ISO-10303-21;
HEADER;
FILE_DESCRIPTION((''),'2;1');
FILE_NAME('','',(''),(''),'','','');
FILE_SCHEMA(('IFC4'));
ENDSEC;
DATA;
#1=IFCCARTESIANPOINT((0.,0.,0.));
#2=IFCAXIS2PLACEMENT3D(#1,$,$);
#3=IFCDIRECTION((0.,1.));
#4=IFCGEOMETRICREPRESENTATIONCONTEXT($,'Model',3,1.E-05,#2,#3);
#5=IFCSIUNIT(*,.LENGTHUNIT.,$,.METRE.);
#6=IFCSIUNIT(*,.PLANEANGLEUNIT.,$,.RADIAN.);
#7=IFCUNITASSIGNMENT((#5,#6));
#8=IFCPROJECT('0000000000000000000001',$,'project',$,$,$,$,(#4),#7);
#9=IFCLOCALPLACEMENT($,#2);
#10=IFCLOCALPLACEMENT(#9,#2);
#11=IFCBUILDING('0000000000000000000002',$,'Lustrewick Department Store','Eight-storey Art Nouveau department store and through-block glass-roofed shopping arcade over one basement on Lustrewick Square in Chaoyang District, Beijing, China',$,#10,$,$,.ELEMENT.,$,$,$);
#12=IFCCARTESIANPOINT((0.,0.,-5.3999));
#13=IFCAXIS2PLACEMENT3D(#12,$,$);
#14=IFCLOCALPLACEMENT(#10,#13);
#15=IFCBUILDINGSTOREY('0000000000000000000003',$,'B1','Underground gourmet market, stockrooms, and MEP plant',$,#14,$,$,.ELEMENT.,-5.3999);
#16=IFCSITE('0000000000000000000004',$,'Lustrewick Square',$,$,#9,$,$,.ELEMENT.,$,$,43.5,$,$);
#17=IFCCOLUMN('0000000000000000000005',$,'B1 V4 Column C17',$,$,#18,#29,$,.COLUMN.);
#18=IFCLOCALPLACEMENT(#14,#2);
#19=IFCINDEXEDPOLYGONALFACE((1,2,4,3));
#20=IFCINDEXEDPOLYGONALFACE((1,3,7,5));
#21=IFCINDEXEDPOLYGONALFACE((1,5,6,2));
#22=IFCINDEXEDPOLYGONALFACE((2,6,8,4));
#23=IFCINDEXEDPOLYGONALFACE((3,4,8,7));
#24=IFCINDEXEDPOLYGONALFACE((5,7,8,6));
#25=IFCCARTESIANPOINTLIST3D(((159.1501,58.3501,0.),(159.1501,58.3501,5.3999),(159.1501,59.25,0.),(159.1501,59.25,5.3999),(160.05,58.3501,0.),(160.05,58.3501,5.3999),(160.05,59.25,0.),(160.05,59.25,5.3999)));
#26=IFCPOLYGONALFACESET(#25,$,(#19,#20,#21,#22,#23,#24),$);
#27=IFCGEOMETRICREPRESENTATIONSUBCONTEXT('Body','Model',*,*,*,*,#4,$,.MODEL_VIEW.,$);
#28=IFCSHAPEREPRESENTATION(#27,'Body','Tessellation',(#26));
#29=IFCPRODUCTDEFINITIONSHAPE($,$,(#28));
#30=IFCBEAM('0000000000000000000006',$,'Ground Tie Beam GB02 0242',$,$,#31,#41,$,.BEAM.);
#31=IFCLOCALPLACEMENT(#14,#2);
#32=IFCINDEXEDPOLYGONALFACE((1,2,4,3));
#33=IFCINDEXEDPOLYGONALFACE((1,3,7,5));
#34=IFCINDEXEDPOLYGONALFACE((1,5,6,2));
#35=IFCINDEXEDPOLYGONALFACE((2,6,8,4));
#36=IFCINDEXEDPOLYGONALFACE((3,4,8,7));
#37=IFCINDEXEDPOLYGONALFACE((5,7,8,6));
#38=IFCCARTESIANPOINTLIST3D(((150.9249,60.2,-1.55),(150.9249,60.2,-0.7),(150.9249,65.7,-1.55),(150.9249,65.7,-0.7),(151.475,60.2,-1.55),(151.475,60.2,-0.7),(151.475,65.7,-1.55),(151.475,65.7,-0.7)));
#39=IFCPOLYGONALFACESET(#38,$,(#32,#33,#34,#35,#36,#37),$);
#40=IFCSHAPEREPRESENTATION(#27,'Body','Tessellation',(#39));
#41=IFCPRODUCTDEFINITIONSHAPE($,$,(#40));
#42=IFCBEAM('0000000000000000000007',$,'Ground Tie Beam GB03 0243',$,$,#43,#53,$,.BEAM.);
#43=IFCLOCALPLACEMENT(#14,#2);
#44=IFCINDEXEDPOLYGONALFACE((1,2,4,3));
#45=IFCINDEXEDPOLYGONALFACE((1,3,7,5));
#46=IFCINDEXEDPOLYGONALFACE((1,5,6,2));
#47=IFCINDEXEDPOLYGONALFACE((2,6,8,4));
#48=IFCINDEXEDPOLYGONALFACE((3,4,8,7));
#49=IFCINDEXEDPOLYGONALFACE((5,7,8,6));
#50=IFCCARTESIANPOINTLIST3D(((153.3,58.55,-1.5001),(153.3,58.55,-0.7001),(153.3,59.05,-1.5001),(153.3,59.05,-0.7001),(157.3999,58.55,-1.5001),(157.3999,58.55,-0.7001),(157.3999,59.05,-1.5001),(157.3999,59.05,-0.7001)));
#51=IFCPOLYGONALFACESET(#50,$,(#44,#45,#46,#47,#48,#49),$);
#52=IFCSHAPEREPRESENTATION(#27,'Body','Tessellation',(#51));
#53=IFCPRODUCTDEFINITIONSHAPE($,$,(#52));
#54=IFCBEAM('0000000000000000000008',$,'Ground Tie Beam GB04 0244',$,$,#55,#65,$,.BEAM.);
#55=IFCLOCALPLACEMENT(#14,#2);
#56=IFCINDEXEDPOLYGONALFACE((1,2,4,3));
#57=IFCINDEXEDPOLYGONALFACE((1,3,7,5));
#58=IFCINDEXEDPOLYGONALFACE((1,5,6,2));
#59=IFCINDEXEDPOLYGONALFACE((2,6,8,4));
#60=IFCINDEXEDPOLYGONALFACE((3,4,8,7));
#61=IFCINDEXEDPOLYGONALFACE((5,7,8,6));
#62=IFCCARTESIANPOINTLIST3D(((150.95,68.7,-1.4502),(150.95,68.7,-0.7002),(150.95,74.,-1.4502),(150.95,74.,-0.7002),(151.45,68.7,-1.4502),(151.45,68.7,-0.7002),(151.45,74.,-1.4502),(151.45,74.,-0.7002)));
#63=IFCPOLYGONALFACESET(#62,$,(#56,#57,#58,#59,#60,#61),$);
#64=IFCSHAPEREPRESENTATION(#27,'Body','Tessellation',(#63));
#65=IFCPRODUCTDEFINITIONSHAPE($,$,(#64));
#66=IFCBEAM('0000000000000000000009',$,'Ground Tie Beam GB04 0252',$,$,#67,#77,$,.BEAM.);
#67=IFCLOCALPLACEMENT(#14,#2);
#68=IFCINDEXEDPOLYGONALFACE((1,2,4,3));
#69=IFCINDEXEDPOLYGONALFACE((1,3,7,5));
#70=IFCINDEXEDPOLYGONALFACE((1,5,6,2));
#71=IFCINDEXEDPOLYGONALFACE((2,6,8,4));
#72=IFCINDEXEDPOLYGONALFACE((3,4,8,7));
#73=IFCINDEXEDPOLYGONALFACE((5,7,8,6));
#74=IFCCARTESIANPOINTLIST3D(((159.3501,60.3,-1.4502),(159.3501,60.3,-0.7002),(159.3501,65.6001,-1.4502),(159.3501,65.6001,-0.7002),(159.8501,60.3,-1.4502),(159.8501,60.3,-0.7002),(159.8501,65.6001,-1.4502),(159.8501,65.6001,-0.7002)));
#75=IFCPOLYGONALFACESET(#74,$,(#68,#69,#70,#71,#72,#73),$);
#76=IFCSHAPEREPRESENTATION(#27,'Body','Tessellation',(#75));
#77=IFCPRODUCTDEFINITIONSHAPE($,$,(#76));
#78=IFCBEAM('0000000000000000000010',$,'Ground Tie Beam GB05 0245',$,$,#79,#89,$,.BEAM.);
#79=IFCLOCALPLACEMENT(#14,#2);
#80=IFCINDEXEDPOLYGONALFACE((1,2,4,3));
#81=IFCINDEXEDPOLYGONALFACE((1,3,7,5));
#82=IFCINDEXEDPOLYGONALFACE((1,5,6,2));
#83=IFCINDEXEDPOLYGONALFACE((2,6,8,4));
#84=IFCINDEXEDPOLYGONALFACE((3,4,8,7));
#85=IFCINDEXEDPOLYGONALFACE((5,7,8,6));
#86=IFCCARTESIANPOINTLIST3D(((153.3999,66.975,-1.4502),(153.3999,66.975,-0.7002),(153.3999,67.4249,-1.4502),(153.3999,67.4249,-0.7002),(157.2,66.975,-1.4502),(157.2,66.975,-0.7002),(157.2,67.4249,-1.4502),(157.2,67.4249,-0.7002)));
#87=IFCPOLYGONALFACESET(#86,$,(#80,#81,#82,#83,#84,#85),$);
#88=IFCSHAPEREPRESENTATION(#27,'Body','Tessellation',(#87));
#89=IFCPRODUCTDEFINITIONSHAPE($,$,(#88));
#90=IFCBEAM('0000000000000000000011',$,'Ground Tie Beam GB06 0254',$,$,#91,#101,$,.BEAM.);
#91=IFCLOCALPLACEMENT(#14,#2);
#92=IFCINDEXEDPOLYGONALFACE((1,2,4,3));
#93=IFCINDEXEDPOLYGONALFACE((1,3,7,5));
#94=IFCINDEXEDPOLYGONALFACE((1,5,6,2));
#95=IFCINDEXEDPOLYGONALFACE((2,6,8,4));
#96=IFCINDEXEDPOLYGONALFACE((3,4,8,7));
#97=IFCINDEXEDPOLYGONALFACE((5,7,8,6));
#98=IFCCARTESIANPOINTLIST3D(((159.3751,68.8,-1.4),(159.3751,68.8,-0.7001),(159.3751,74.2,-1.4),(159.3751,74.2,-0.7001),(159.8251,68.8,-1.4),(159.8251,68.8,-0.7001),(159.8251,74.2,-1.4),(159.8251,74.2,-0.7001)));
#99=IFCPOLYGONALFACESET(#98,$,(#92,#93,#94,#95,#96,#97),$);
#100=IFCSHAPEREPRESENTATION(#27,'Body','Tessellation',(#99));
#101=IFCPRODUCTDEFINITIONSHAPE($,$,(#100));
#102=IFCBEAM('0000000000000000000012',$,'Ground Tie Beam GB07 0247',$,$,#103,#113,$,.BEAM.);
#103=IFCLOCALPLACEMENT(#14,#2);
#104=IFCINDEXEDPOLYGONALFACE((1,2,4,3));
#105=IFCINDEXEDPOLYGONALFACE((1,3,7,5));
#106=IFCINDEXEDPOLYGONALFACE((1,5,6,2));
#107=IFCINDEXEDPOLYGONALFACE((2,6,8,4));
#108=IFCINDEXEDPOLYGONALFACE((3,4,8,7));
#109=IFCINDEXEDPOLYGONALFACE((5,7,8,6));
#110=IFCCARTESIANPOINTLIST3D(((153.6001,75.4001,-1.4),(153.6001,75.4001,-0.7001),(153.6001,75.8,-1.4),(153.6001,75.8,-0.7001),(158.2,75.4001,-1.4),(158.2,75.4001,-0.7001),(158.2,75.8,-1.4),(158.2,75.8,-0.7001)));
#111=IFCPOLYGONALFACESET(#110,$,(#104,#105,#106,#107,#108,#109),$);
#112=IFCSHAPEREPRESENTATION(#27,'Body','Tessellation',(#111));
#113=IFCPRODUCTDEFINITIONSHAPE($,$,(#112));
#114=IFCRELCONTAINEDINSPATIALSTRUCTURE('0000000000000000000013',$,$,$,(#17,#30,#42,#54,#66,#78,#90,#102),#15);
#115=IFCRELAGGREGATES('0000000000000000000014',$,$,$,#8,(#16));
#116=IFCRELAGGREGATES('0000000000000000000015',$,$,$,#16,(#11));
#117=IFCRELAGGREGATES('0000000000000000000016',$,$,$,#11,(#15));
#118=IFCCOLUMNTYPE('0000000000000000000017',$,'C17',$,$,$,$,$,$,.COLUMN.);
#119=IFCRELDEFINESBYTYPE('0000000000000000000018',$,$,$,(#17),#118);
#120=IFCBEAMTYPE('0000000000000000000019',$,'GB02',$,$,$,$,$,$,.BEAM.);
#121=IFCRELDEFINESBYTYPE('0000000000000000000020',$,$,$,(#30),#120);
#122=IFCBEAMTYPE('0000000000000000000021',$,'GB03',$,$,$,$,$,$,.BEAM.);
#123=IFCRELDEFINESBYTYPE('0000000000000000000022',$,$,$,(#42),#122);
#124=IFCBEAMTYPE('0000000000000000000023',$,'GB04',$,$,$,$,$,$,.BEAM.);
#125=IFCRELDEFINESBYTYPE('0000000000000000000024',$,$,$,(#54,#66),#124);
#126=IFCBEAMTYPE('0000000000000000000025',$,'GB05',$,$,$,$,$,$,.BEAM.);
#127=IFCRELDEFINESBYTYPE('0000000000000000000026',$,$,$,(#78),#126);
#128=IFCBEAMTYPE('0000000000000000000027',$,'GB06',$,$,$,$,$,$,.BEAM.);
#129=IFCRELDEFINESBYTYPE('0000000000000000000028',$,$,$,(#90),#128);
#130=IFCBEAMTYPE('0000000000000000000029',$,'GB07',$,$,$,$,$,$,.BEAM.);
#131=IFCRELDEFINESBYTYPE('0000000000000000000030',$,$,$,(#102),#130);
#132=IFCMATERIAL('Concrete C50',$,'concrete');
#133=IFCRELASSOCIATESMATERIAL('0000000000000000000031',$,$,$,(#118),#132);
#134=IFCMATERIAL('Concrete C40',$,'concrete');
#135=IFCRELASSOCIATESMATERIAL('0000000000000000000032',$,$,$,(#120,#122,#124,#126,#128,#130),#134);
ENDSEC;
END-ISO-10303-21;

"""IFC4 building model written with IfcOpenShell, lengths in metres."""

from ifc_helpers import new_model, si_unit, direction, frame, origin, origin_2d, place, context, subcontext, project, spatial, rectangle, extrude, material, material_profile, profile_set, type_object, element, save


model = new_model("IFC4")

# Units and contexts
model_context = context("Model", 3, precision=1e-05, world=origin(), true_north=direction((0.0, 1.0)))
body_context = subcontext(model_context, "Body", "Model", "MODEL_VIEW")
ifc_project = project(units=[si_unit("LENGTHUNIT", "METRE"), si_unit("PLANEANGLEUNIT", "RADIAN")], contexts=[model_context])

# Site, building, storey
site_placement = place(None, origin())
site = spatial("IfcSite", under=ifc_project, at=site_placement, Name="Lustrewick Square", CompositionType="ELEMENT", RefElevation=43.5)
building_placement = place(site_placement, origin())
building = spatial("IfcBuilding", under=site, at=building_placement, Name="Lustrewick Department Store", Description="Eight-storey Art Nouveau department store and through-block glass-roofed shopping arcade over one basement on Lustrewick Square in Chaoyang District, Beijing, China", CompositionType="ELEMENT")
storey_placement = place(building_placement, frame((0.0, 0.0, -5.3999)))
storey = spatial("IfcBuildingStorey", under=building, at=storey_placement, Name="B1", Description="Underground gourmet market, stockrooms, and MEP plant", CompositionType="ELEMENT", Elevation=-5.3999)

# Shared definitions
ifc_material_1 = material(Name="Concrete C40", Category="concrete")

# Column
ifc_material_2 = material(Name="Concrete C50", Category="concrete")
ifc_material_profile_1 = material_profile(ifc_material_2, rectangle(XDim=0.8999, YDim=0.8999, at=origin_2d()), Name="RC 900x900")
ifc_profile_set_1 = profile_set([ifc_material_profile_1], Name="Concrete C50")
column_type_1 = type_object("IfcColumnType", Name="C17", PredefinedType="COLUMN", material=ifc_profile_set_1)
for number, where, z_axis, x_axis, name in (
    (1, (159.6001, 58.8, 0.0), (0.0, 0.0, 1.0), (1.0, 0.0, 0.0), "B1 V4 Column C17"),
):
    element("IfcColumn", number, at=place(storey_placement, frame(where, z_axis=z_axis, x_axis=x_axis)), inside=storey, type_object=column_type_1, Name=name, PredefinedType="COLUMN", context=body_context, shape_type="SweptSolid", body=[
        extrude(rectangle(XDim=0.8999, YDim=0.8999, at=origin_2d()), origin(), (0.0, 0.0, 1.0), 5.3999),
    ])

# Beams
ifc_material_profile_2 = material_profile(ifc_material_1, rectangle(XDim=0.55, YDim=0.8501, at=origin_2d()), Name="RC 550x850")
ifc_profile_set_2 = profile_set([ifc_material_profile_2], Name="Concrete C40")
beam_type_1 = type_object("IfcBeamType", Name="GB02", PredefinedType="BEAM", material=ifc_profile_set_2)
beam_1_placement = place(storey_placement, frame((151.2, 60.2, -1.125), z_axis=(0.0, 1.0, 0.0), x_axis=(-1.0, 0.0, 0.0)))
element("IfcBeam", 2, at=beam_1_placement, inside=storey, type_object=beam_type_1, Name="Ground Tie Beam GB02 0242", PredefinedType="BEAM", context=body_context, shape_type="SweptSolid", body=[
    extrude(rectangle(XDim=0.55, YDim=0.8501, at=origin_2d()), origin(), (0.0, 0.0, 1.0), 5.5),
])
ifc_material_profile_3 = material_profile(ifc_material_1, rectangle(XDim=0.5, YDim=0.8, at=origin_2d()), Name="RC 500x800")
ifc_profile_set_3 = profile_set([ifc_material_profile_3], Name="Concrete C40")
beam_type_2 = type_object("IfcBeamType", Name="GB03", PredefinedType="BEAM", material=ifc_profile_set_3)
beam_2_placement = place(storey_placement, frame((153.3, 58.8, -1.1001), z_axis=(1.0, 0.0, 0.0), x_axis=(0.0, 1.0, 0.0)))
element("IfcBeam", 3, at=beam_2_placement, inside=storey, type_object=beam_type_2, Name="Ground Tie Beam GB03 0243", PredefinedType="BEAM", context=body_context, shape_type="SweptSolid", body=[
    extrude(rectangle(XDim=0.5, YDim=0.8, at=origin_2d()), origin(), (0.0, 0.0, 1.0), 4.0999),
])
ifc_material_profile_4 = material_profile(ifc_material_1, rectangle(XDim=0.5, YDim=0.75, at=origin_2d()), Name="RC 500x750")
ifc_profile_set_4 = profile_set([ifc_material_profile_4], Name="Concrete C40")
beam_type_3 = type_object("IfcBeamType", Name="GB04", PredefinedType="BEAM", material=ifc_profile_set_4)
for number, where, z_axis, x_axis, name in (
    (4, (151.2, 68.7, -1.0752), (0.0, 1.0, 0.0), (-1.0, 0.0, 0.0), "Ground Tie Beam GB04 0244"),
    (5, (159.6001, 60.3, -1.0752), (0.0, 1.0, 0.0), (-1.0, 0.0, 0.0), "Ground Tie Beam GB04 0252"),
):
    element("IfcBeam", number, at=place(storey_placement, frame(where, z_axis=z_axis, x_axis=x_axis)), inside=storey, type_object=beam_type_3, Name=name, PredefinedType="BEAM", context=body_context, shape_type="SweptSolid", body=[
        extrude(rectangle(XDim=0.5, YDim=0.75, at=origin_2d()), origin(), (0.0, 0.0, 1.0), 5.3),
    ])
ifc_material_profile_5 = material_profile(ifc_material_1, rectangle(XDim=0.45, YDim=0.75, at=origin_2d()), Name="RC 450x750")
ifc_profile_set_5 = profile_set([ifc_material_profile_5], Name="Concrete C40")
beam_type_4 = type_object("IfcBeamType", Name="GB05", PredefinedType="BEAM", material=ifc_profile_set_5)
beam_3_placement = place(storey_placement, frame((153.3999, 67.2, -1.0752), z_axis=(1.0, 0.0, 0.0), x_axis=(0.0, 1.0, 0.0)))
element("IfcBeam", 6, at=beam_3_placement, inside=storey, type_object=beam_type_4, Name="Ground Tie Beam GB05 0245", PredefinedType="BEAM", context=body_context, shape_type="SweptSolid", body=[
    extrude(rectangle(XDim=0.45, YDim=0.75, at=origin_2d()), origin(), (0.0, 0.0, 1.0), 3.8),
])
ifc_material_profile_6 = material_profile(ifc_material_1, rectangle(XDim=0.45, YDim=0.7, at=origin_2d()), Name="RC 450x700")
ifc_profile_set_6 = profile_set([ifc_material_profile_6], Name="Concrete C40")
beam_type_5 = type_object("IfcBeamType", Name="GB06", PredefinedType="BEAM", material=ifc_profile_set_6)
beam_4_placement = place(storey_placement, frame((159.6001, 68.8, -1.05), z_axis=(0.0, 1.0, 0.0), x_axis=(-1.0, 0.0, 0.0)))
element("IfcBeam", 7, at=beam_4_placement, inside=storey, type_object=beam_type_5, Name="Ground Tie Beam GB06 0254", PredefinedType="BEAM", context=body_context, shape_type="SweptSolid", body=[
    extrude(rectangle(XDim=0.45, YDim=0.7, at=origin_2d()), origin(), (0.0, 0.0, 1.0), 5.3999),
])
ifc_material_profile_7 = material_profile(ifc_material_1, rectangle(XDim=0.3999, YDim=0.7, at=origin_2d()), Name="RC 400x700")
ifc_profile_set_7 = profile_set([ifc_material_profile_7], Name="Concrete C40")
beam_type_6 = type_object("IfcBeamType", Name="GB07", PredefinedType="BEAM", material=ifc_profile_set_7)
beam_5_placement = place(storey_placement, frame((153.6001, 75.6001, -1.05), z_axis=(1.0, 0.0, 0.0), x_axis=(0.0, 1.0, 0.0)))
element("IfcBeam", 8, at=beam_5_placement, inside=storey, type_object=beam_type_6, Name="Ground Tie Beam GB07 0247", PredefinedType="BEAM", context=body_context, shape_type="SweptSolid", body=[
    extrude(rectangle(XDim=0.3999, YDim=0.7, at=origin_2d()), origin(), (0.0, 0.0, 1.0), 4.5999),
])

save(model, "model.ifc")
